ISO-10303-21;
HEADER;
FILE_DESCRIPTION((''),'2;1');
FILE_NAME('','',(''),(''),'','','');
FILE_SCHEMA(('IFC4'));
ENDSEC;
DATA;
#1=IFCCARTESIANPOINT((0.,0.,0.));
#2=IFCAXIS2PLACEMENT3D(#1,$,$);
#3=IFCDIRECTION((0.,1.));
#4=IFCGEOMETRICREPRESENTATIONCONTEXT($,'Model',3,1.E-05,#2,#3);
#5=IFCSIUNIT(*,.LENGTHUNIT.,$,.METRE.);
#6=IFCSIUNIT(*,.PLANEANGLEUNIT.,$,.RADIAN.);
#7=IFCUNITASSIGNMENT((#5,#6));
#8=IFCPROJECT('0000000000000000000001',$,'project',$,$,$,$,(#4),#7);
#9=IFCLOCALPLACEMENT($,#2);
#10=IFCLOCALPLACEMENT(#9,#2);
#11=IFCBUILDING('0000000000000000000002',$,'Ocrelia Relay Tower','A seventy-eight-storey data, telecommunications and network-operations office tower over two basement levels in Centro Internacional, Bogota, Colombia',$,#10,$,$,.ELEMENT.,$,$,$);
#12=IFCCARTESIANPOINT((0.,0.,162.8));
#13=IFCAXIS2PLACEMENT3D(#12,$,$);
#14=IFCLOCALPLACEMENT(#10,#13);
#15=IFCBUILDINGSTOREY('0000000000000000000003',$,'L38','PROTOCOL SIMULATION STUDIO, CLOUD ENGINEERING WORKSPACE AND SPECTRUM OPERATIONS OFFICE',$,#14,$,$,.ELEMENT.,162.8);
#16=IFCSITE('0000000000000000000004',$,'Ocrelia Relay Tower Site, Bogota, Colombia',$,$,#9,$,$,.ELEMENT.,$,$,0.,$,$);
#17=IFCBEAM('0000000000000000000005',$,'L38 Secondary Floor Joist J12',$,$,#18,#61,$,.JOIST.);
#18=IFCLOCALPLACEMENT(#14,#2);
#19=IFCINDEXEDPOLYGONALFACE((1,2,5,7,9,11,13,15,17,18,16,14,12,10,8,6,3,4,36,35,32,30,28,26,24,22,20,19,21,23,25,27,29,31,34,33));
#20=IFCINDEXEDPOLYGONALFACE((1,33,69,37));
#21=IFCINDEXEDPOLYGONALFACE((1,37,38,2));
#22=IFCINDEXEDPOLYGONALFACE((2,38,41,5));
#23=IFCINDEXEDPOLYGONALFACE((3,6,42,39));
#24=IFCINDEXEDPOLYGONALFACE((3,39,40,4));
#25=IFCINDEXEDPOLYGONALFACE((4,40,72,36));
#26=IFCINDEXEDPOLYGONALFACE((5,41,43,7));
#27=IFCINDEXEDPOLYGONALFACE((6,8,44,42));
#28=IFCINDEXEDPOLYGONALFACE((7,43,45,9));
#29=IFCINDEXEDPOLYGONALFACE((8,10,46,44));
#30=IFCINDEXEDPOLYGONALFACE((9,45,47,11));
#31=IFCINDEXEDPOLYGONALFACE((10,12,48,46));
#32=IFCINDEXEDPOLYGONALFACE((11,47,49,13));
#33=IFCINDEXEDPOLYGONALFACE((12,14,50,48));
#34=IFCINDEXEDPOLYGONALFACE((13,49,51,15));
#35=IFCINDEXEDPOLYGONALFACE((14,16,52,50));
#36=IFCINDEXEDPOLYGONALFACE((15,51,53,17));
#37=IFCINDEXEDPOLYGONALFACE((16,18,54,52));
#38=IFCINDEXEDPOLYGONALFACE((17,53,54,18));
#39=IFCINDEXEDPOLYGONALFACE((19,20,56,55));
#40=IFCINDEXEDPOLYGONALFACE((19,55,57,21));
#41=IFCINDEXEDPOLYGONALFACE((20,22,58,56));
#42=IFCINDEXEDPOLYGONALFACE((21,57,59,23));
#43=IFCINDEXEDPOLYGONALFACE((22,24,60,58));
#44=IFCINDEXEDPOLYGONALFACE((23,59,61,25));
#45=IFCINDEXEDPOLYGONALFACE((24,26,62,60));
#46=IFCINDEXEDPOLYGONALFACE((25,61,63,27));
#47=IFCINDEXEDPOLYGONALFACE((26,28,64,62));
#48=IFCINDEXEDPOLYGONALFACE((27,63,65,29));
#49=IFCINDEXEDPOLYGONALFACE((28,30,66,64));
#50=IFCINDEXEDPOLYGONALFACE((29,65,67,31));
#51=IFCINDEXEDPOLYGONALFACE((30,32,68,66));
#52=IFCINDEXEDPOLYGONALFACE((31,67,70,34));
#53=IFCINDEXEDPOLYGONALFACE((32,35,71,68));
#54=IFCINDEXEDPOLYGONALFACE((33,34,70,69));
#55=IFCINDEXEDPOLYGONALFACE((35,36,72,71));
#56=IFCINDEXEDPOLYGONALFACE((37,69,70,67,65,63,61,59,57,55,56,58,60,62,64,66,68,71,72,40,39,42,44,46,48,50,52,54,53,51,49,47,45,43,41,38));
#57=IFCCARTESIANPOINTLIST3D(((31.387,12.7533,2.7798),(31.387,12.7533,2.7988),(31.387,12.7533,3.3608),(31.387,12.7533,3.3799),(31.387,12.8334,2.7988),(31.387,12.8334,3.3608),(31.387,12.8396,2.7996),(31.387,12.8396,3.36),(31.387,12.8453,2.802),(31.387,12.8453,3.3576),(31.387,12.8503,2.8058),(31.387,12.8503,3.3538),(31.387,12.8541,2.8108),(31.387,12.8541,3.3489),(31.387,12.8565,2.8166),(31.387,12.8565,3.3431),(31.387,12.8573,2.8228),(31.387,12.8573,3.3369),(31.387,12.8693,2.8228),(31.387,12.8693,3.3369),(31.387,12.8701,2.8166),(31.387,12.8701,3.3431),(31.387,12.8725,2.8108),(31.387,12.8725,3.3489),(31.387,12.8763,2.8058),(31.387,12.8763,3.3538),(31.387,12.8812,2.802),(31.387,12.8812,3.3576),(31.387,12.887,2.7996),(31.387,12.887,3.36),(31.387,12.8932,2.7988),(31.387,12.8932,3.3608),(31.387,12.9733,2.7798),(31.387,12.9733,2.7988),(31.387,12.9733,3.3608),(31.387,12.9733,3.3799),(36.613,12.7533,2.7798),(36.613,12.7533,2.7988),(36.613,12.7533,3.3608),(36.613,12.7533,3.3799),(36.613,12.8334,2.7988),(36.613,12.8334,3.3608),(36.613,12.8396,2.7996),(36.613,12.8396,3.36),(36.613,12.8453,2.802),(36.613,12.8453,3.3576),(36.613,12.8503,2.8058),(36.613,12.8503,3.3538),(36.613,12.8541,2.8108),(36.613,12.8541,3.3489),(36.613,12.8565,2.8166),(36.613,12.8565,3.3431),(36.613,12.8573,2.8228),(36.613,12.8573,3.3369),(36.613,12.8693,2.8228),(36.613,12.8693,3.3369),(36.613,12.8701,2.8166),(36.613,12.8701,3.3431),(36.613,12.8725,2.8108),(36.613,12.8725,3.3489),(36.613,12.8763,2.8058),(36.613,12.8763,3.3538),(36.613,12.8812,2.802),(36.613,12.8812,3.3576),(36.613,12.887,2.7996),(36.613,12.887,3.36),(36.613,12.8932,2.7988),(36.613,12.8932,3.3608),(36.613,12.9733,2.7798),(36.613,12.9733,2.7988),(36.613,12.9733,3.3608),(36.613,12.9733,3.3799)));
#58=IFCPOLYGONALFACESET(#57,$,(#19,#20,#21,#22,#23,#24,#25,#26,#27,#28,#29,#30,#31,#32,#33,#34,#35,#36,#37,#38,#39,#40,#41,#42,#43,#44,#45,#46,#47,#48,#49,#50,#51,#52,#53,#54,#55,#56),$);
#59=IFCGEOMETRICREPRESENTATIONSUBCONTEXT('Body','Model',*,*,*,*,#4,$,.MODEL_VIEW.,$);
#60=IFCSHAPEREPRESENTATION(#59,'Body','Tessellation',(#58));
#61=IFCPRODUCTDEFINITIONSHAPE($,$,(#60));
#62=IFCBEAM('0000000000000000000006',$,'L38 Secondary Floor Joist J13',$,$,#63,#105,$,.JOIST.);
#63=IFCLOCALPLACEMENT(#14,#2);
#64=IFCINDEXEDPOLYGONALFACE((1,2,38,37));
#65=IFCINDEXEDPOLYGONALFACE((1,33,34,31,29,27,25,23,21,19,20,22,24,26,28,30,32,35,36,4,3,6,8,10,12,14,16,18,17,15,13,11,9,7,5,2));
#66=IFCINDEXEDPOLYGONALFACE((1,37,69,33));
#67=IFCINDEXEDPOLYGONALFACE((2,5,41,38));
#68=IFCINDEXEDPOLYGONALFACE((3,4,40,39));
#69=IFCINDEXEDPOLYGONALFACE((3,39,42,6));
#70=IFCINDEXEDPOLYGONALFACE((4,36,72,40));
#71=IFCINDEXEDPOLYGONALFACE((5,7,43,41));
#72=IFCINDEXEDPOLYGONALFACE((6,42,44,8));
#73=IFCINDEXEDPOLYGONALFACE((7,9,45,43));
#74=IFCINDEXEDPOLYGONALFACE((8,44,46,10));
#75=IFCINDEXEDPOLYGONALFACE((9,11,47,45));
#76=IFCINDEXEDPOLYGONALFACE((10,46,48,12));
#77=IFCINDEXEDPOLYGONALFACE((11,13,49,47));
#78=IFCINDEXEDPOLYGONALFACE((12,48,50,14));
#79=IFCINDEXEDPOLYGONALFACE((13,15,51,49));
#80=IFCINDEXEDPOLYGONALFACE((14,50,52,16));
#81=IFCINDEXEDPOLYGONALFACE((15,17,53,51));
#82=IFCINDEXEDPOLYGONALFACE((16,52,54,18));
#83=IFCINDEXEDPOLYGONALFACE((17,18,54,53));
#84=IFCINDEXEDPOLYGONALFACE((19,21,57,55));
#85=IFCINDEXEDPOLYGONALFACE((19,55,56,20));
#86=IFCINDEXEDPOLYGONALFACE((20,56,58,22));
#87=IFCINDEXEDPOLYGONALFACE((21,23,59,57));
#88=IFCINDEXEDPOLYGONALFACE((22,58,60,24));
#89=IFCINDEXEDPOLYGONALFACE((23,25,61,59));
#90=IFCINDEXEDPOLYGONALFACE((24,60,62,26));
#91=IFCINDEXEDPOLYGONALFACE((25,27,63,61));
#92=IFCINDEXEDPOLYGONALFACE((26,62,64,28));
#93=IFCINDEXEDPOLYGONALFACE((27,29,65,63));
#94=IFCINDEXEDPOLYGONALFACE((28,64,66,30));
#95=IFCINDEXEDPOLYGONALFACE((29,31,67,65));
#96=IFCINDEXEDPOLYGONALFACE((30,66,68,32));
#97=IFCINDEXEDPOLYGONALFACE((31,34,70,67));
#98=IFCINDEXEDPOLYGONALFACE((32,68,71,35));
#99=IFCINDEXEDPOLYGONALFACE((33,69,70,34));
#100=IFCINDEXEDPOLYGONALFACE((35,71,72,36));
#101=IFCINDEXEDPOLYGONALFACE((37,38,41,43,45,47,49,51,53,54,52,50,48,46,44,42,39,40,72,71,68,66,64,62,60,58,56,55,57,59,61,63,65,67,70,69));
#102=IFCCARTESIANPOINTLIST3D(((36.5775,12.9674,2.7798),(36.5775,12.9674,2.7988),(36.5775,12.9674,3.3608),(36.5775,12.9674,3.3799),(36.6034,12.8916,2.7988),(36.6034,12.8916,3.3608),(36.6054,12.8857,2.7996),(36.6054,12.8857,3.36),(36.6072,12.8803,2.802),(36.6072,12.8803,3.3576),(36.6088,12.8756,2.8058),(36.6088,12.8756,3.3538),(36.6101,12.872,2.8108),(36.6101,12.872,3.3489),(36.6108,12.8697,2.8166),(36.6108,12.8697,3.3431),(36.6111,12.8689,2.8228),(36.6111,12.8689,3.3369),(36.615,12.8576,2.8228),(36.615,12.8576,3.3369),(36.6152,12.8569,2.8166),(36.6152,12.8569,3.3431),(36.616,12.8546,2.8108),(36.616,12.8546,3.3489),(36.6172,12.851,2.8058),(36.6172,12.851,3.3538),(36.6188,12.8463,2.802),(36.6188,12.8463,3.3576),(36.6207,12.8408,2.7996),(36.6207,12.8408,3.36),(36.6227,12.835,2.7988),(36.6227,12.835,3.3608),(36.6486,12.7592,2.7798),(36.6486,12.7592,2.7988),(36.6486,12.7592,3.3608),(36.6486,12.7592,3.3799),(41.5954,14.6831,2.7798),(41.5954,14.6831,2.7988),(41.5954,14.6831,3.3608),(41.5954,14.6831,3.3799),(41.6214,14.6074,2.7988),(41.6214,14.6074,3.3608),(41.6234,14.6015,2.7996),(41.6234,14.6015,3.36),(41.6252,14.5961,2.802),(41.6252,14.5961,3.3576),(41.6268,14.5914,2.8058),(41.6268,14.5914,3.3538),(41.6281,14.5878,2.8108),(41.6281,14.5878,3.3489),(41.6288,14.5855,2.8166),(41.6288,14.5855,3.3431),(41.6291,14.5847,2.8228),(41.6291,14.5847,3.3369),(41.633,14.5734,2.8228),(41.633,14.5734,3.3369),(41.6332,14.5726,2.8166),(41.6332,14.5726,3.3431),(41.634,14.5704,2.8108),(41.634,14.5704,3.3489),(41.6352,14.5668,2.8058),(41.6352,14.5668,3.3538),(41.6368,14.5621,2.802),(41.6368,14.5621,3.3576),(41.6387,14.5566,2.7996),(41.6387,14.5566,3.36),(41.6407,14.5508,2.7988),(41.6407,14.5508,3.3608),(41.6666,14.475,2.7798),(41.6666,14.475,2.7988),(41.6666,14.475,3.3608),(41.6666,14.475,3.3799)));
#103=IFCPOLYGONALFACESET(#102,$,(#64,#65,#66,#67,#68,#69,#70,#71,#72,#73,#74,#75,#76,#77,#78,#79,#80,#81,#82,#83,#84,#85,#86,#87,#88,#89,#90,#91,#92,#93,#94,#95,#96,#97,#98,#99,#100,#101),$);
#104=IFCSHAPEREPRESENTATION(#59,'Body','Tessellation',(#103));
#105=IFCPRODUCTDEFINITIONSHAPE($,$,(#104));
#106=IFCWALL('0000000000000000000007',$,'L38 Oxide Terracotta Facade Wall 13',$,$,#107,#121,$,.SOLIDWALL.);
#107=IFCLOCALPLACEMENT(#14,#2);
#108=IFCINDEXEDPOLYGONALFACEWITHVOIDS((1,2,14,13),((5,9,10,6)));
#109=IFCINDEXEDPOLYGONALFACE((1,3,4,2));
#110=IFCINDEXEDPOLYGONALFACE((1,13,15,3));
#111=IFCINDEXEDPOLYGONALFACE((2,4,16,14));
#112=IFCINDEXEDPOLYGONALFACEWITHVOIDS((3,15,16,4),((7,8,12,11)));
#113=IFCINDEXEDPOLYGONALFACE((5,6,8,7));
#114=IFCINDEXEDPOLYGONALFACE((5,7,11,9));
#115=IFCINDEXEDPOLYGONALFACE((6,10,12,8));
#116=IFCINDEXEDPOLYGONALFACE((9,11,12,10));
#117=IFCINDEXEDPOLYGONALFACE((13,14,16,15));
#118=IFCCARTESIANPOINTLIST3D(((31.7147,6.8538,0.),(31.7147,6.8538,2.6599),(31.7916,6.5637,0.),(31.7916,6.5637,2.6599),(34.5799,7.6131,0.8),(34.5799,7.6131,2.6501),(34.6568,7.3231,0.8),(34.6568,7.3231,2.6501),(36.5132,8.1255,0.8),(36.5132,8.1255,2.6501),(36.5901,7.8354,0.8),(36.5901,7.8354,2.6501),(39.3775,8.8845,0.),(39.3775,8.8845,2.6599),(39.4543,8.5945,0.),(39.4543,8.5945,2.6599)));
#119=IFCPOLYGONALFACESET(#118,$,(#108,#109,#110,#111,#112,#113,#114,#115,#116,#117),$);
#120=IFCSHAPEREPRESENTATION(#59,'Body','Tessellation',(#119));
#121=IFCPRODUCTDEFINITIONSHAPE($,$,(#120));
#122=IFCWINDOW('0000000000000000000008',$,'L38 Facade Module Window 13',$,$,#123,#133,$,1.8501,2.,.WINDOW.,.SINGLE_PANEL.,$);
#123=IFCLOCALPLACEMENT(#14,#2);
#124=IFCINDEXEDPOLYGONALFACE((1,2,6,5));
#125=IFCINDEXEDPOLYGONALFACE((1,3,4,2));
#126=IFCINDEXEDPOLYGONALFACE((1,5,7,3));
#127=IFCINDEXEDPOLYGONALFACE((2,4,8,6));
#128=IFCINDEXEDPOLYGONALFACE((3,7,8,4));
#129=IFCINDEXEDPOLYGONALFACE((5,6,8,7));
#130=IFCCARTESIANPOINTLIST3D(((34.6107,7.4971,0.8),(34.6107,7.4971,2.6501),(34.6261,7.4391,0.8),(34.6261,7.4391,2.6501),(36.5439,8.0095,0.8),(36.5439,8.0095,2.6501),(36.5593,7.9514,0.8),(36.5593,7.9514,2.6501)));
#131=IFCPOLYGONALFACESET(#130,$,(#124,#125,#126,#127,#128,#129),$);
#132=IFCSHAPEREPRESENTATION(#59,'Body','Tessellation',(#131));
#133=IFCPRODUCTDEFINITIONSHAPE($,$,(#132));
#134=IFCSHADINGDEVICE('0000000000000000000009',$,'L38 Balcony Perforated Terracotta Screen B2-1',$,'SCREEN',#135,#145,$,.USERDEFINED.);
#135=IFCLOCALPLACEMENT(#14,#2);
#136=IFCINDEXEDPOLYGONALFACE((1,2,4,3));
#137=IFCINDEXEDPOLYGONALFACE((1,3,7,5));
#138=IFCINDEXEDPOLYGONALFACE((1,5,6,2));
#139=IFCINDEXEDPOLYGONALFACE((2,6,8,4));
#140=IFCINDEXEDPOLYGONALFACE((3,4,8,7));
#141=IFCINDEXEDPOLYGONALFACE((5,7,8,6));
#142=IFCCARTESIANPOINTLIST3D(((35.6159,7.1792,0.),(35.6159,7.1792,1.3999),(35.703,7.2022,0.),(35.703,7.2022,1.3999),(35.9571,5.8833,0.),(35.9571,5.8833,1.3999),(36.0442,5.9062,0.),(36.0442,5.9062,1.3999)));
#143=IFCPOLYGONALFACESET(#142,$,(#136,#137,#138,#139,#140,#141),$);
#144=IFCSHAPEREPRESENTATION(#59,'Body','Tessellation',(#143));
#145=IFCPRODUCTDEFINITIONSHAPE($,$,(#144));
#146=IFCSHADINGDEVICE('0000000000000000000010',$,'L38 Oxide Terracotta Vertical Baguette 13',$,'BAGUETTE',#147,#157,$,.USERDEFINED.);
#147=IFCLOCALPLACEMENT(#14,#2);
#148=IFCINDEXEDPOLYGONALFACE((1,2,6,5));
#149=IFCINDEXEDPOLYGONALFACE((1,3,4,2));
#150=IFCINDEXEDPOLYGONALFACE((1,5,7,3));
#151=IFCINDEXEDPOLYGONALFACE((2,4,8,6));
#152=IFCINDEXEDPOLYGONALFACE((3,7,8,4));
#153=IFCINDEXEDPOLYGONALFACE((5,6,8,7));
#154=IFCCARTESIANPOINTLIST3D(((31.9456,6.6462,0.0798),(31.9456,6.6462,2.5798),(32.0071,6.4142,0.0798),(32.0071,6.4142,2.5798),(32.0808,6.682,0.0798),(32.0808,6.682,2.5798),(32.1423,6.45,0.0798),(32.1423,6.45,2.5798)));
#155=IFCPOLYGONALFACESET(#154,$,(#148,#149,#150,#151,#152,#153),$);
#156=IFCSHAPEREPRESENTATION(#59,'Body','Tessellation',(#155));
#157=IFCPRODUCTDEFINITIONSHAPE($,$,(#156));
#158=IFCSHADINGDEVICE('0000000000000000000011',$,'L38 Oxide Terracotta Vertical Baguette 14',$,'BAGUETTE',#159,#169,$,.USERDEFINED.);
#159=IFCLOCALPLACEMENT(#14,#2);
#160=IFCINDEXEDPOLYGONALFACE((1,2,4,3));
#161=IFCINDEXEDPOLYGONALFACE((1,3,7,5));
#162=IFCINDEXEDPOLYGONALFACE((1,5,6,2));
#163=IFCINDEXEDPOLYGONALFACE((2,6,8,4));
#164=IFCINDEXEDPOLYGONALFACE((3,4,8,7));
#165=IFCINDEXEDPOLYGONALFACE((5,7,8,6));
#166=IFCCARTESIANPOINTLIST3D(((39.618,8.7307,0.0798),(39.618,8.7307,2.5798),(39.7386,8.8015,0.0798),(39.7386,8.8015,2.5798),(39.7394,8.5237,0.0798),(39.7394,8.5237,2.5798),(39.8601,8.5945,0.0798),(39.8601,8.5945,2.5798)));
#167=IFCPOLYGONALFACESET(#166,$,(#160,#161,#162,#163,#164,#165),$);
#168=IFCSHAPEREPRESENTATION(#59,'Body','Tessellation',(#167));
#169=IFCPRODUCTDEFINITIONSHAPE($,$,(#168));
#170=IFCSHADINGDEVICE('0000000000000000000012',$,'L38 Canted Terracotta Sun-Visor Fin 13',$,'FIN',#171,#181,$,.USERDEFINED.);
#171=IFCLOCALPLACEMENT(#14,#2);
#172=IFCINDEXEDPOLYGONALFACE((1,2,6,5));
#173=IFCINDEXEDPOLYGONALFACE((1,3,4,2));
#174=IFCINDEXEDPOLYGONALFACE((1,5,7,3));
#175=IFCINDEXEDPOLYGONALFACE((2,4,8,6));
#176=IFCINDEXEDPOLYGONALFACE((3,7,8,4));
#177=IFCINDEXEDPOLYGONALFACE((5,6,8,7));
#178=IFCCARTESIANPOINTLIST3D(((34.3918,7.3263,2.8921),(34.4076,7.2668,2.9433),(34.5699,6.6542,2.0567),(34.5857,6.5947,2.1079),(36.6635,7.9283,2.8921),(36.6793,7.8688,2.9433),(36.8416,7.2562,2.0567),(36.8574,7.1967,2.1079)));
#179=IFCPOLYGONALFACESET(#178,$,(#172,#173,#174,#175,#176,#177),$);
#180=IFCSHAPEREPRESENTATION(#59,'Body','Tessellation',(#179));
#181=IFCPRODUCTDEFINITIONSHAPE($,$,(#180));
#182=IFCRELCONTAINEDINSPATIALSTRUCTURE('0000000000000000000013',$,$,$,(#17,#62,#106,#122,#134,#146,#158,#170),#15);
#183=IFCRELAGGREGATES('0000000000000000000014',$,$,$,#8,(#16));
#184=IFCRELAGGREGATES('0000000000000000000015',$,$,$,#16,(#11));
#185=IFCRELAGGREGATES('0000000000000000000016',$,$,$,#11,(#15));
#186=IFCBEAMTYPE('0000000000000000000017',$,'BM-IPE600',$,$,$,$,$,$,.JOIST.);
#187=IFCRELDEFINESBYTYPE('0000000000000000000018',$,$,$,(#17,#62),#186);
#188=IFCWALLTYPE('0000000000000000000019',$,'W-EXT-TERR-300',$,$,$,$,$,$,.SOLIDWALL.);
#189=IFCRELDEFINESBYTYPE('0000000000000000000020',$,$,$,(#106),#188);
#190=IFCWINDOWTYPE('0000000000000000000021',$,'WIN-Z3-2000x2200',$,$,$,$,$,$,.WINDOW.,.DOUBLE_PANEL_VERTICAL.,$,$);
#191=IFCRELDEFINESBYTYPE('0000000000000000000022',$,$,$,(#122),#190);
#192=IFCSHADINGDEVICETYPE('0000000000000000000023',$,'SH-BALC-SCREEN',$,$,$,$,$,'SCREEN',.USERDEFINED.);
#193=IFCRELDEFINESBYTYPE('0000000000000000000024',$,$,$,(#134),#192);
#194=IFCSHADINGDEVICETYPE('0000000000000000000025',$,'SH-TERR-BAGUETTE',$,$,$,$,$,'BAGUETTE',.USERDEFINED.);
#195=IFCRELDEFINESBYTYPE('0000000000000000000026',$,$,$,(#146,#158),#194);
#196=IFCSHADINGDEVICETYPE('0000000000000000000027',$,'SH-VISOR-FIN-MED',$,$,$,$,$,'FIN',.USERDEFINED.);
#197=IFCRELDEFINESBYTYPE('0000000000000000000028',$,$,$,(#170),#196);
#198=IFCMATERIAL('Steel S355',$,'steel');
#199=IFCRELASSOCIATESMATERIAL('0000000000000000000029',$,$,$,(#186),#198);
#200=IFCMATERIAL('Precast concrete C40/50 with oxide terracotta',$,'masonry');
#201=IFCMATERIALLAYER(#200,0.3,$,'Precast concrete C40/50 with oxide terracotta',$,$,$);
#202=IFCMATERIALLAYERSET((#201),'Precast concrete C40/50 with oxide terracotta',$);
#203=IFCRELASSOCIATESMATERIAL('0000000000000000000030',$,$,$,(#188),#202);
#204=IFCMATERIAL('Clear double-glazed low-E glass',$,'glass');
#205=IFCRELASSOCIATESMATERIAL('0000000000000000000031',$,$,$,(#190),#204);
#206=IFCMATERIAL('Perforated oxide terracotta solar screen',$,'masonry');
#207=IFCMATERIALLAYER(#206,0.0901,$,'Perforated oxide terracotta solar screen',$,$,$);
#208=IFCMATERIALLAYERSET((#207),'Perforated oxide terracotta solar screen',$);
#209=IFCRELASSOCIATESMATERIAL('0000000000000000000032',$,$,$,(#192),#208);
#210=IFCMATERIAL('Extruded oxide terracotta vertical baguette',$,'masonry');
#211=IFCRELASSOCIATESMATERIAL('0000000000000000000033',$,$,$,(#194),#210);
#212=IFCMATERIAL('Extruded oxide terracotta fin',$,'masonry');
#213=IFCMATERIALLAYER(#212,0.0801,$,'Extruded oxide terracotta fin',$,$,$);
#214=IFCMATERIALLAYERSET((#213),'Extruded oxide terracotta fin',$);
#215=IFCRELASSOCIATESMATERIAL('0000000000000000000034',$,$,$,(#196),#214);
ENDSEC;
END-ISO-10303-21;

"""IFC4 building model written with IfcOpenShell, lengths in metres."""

from ifc_helpers import new_model, si_unit, direction, frame, frame_2d, origin, origin_2d, place, context, subcontext, project, spatial, rectangle, i_section, extrude, material, layer, layer_set, material_profile, profile_set, type_object, element, fill, save


model = new_model("IFC4")

# Units and contexts
model_context = context("Model", 3, precision=1e-05, world=origin(), true_north=direction((0.0, 1.0)))
body_context = subcontext(model_context, "Body", "Model", "MODEL_VIEW")
ifc_project = project(units=[si_unit("LENGTHUNIT", "METRE"), si_unit("PLANEANGLEUNIT", "RADIAN")], contexts=[model_context])

# Site, building, storey
site_placement = place(None, origin())
site = spatial("IfcSite", under=ifc_project, at=site_placement, Name="Ocrelia Relay Tower Site, Bogota, Colombia", CompositionType="ELEMENT", RefElevation=0.0)
building_placement = place(site_placement, origin())
building = spatial("IfcBuilding", under=site, at=building_placement, Name="Ocrelia Relay Tower", Description="A seventy-eight-storey data, telecommunications and network-operations office tower over two basement levels in Centro Internacional, Bogota, Colombia", CompositionType="ELEMENT")
storey_placement = place(building_placement, frame((0.0, 0.0, 162.8)))
storey = spatial("IfcBuildingStorey", under=building, at=storey_placement, Name="L38", Description="PROTOCOL SIMULATION STUDIO, CLOUD ENGINEERING WORKSPACE AND SPECTRUM OPERATIONS OFFICE", CompositionType="ELEMENT", Elevation=162.8)

# Beams
ifc_material_1 = material(Name="Steel S355", Category="steel")
ifc_material_profile_1 = material_profile(ifc_material_1, i_section(OverallWidth=0.22, OverallDepth=0.6001, WebThickness=0.012, FlangeThickness=0.019, FilletRadius=0.0239, at=origin_2d()), Name="IPE 600")
ifc_profile_set_1 = profile_set([ifc_material_profile_1], Name="Steel S355")
beam_type_1 = type_object("IfcBeamType", Name="BM-IPE600", PredefinedType="JOIST", material=ifc_profile_set_1)
beam_1_placement = place(storey_placement, frame((31.387, 12.8633, 3.0798), z_axis=(1.0, 0.0, 0.0), x_axis=(0.0, 1.0, 0.0)))
element("IfcBeam", 1, at=beam_1_placement, inside=storey, type_object=beam_type_1, Name="L38 Secondary Floor Joist J12", PredefinedType="JOIST", context=body_context, shape_type="SweptSolid", body=[
    extrude(i_section(OverallWidth=0.22, OverallDepth=0.6001, WebThickness=0.012, FlangeThickness=0.019, FilletRadius=0.0239, at=origin_2d()), origin(), (0.0, 0.0, 1.0), 5.2261),
])
beam_2_placement = place(storey_placement, frame((36.613, 12.8633, 3.0798), z_axis=(0.946215, 0.323538, 0.0), x_axis=(-0.323538, 0.946215, 0.0)))
element("IfcBeam", 2, at=beam_2_placement, inside=storey, type_object=beam_type_1, Name="L38 Secondary Floor Joist J13", PredefinedType="JOIST", context=body_context, shape_type="SweptSolid", body=[
    extrude(i_section(OverallWidth=0.22, OverallDepth=0.6001, WebThickness=0.012, FlangeThickness=0.019, FilletRadius=0.0239, at=origin_2d()), origin(), (0.0, 0.0, 1.0), 5.3032),
])

# Wall, opening, window
ifc_material_2 = material(Name="Precast concrete C40/50 with oxide terracotta", Category="masonry")
ifc_layer_1 = layer(ifc_material_2, 0.3, Name="Precast concrete C40/50 with oxide terracotta")
ifc_layer_set_1 = layer_set([ifc_layer_1], Name="Precast concrete C40/50 with oxide terracotta")
wall_type = type_object("IfcWallType", Name="W-EXT-TERR-300", PredefinedType="SOLIDWALL", material=ifc_layer_set_1)
wall_1_placement = place(storey_placement, frame((31.7532, 6.7087, 0.0), z_axis=(0.0, 0.0, 1.0), x_axis=(0.966629, 0.256179, 0.0)))
wall_1 = element("IfcWall", 3, at=wall_1_placement, inside=storey, type_object=wall_type, Name="L38 Oxide Terracotta Facade Wall 13", PredefinedType="SOLIDWALL", context=body_context, shape_type="SweptSolid", body=[
    extrude(rectangle(XDim=7.9272, YDim=0.3, at=frame_2d((3.9636, 0.0))), origin(), (0.0, 0.0, 1.0), 2.6599),
])
opening_1_placement = place(wall_1_placement, frame((2.9641, 0.0, 0.8)))
opening_1 = element("IfcOpeningElement", 4, at=opening_1_placement, cuts=wall_1, PredefinedType="OPENING", context=body_context, shape_type="SweptSolid", body=[
    extrude(rectangle(XDim=2.0, YDim=1.8501, at=frame_2d((1.0, 0.925))), frame((0.0, 0.1602, 0.0), z_axis=(0.0, -1.0, 0.0), x_axis=(1.0, 0.0, 0.0)), (0.0, 0.0, 1.0), 0.3201),
])
ifc_material_3 = material(Name="Clear double-glazed low-E glass", Category="glass")
window_type = type_object("IfcWindowType", Name="WIN-Z3-2000x2200", PartitioningType="DOUBLE_PANEL_VERTICAL", PredefinedType="WINDOW", material=ifc_material_3)
window_placement = place(opening_1_placement, origin())
window = element("IfcWindow", 5, at=window_placement, inside=storey, type_object=window_type, Name="L38 Facade Module Window 13", OverallHeight=1.8501, OverallWidth=2.0, PartitioningType="SINGLE_PANEL", PredefinedType="WINDOW", context=body_context, shape_type="SweptSolid", body=[
    extrude(rectangle(XDim=2.0, YDim=1.8501, at=frame_2d((1.0, 0.925))), frame((0.0, 0.03, 0.0), z_axis=(0.0, -1.0, 0.0), x_axis=(1.0, 0.0, 0.0)), (0.0, 0.0, 1.0), 0.0601),
])
fill(opening_1, window)

# Shading devices
ifc_material_4 = material(Name="Perforated oxide terracotta solar screen", Category="masonry")
ifc_layer_2 = layer(ifc_material_4, 0.0901, Name="Perforated oxide terracotta solar screen")
ifc_layer_set_2 = layer_set([ifc_layer_2], Name="Perforated oxide terracotta solar screen")
shading_device_type_1 = type_object("IfcShadingDeviceType", Name="SH-BALC-SCREEN", ElementType="SCREEN", PredefinedType="USERDEFINED", material=ifc_layer_set_2)
shading_device_1_placement = place(storey_placement, frame((35.8301, 6.5427, 0.0), z_axis=(0.0, 0.0, 1.0), x_axis=(0.254624, -0.96704, 0.0)))
element("IfcShadingDevice", 6, at=shading_device_1_placement, inside=storey, type_object=shading_device_type_1, Name="L38 Balcony Perforated Terracotta Screen B2-1", ObjectType="SCREEN", PredefinedType="USERDEFINED", context=body_context, shape_type="SweptSolid", body=[
    extrude(rectangle(XDim=1.3401, YDim=0.0901, at=origin_2d()), origin(), (0.0, 0.0, 1.0), 1.3999),
])
ifc_material_5 = material(Name="Extruded oxide terracotta vertical baguette", Category="masonry")
shading_device_type_2 = type_object("IfcShadingDeviceType", Name="SH-TERR-BAGUETTE", ElementType="BAGUETTE", PredefinedType="USERDEFINED", material=ifc_material_5)
for number, where, z_axis, x_axis, name in (
    (7, (32.0439, 6.5481, 0.0798), (0.0, 0.0, 1.0), (0.966635, 0.25616, 0.0), "L38 Oxide Terracotta Vertical Baguette 13"),
    (8, (39.739, 8.6626, 0.0798), (0.0, 0.0, 1.0), (0.862513, 0.506035, 0.0), "L38 Oxide Terracotta Vertical Baguette 14"),
):
    element("IfcShadingDevice", number, at=place(storey_placement, frame(where, z_axis=z_axis, x_axis=x_axis)), inside=storey, type_object=shading_device_type_2, Name=name, ObjectType="BAGUETTE", PredefinedType="USERDEFINED", context=body_context, shape_type="SweptSolid", body=[
        extrude(rectangle(XDim=0.1399, YDim=0.24, at=origin_2d()), origin(), (0.0, 0.0, 1.0), 2.5),
    ])
ifc_material_6 = material(Name="Extruded oxide terracotta fin", Category="masonry")
ifc_layer_3 = layer(ifc_material_6, 0.0801, Name="Extruded oxide terracotta fin")
ifc_layer_set_3 = layer_set([ifc_layer_3], Name="Extruded oxide terracotta fin")
shading_device_type_3 = type_object("IfcShadingDeviceType", Name="SH-VISOR-FIN-MED", ElementType="FIN", PredefinedType="USERDEFINED", material=ifc_layer_set_3)
shading_device_2_placement = place(storey_placement, frame((35.6167, 7.2913, 2.4744), z_axis=(0.196889, -0.742973, 0.639707), x_axis=(0.966635, 0.25616, 0.0)))
element("IfcShadingDevice", 9, at=shading_device_2_placement, inside=storey, type_object=shading_device_type_3, Name="L38 Canted Terracotta Sun-Visor Fin 13", ObjectType="FIN", PredefinedType="USERDEFINED", context=body_context, shape_type="SweptSolid", body=[
    extrude(rectangle(XDim=2.3501, YDim=1.0869, at=origin_2d()), origin(), (0.0, 0.0, 1.0), 0.0801),
])

save(model, "model.ifc")
